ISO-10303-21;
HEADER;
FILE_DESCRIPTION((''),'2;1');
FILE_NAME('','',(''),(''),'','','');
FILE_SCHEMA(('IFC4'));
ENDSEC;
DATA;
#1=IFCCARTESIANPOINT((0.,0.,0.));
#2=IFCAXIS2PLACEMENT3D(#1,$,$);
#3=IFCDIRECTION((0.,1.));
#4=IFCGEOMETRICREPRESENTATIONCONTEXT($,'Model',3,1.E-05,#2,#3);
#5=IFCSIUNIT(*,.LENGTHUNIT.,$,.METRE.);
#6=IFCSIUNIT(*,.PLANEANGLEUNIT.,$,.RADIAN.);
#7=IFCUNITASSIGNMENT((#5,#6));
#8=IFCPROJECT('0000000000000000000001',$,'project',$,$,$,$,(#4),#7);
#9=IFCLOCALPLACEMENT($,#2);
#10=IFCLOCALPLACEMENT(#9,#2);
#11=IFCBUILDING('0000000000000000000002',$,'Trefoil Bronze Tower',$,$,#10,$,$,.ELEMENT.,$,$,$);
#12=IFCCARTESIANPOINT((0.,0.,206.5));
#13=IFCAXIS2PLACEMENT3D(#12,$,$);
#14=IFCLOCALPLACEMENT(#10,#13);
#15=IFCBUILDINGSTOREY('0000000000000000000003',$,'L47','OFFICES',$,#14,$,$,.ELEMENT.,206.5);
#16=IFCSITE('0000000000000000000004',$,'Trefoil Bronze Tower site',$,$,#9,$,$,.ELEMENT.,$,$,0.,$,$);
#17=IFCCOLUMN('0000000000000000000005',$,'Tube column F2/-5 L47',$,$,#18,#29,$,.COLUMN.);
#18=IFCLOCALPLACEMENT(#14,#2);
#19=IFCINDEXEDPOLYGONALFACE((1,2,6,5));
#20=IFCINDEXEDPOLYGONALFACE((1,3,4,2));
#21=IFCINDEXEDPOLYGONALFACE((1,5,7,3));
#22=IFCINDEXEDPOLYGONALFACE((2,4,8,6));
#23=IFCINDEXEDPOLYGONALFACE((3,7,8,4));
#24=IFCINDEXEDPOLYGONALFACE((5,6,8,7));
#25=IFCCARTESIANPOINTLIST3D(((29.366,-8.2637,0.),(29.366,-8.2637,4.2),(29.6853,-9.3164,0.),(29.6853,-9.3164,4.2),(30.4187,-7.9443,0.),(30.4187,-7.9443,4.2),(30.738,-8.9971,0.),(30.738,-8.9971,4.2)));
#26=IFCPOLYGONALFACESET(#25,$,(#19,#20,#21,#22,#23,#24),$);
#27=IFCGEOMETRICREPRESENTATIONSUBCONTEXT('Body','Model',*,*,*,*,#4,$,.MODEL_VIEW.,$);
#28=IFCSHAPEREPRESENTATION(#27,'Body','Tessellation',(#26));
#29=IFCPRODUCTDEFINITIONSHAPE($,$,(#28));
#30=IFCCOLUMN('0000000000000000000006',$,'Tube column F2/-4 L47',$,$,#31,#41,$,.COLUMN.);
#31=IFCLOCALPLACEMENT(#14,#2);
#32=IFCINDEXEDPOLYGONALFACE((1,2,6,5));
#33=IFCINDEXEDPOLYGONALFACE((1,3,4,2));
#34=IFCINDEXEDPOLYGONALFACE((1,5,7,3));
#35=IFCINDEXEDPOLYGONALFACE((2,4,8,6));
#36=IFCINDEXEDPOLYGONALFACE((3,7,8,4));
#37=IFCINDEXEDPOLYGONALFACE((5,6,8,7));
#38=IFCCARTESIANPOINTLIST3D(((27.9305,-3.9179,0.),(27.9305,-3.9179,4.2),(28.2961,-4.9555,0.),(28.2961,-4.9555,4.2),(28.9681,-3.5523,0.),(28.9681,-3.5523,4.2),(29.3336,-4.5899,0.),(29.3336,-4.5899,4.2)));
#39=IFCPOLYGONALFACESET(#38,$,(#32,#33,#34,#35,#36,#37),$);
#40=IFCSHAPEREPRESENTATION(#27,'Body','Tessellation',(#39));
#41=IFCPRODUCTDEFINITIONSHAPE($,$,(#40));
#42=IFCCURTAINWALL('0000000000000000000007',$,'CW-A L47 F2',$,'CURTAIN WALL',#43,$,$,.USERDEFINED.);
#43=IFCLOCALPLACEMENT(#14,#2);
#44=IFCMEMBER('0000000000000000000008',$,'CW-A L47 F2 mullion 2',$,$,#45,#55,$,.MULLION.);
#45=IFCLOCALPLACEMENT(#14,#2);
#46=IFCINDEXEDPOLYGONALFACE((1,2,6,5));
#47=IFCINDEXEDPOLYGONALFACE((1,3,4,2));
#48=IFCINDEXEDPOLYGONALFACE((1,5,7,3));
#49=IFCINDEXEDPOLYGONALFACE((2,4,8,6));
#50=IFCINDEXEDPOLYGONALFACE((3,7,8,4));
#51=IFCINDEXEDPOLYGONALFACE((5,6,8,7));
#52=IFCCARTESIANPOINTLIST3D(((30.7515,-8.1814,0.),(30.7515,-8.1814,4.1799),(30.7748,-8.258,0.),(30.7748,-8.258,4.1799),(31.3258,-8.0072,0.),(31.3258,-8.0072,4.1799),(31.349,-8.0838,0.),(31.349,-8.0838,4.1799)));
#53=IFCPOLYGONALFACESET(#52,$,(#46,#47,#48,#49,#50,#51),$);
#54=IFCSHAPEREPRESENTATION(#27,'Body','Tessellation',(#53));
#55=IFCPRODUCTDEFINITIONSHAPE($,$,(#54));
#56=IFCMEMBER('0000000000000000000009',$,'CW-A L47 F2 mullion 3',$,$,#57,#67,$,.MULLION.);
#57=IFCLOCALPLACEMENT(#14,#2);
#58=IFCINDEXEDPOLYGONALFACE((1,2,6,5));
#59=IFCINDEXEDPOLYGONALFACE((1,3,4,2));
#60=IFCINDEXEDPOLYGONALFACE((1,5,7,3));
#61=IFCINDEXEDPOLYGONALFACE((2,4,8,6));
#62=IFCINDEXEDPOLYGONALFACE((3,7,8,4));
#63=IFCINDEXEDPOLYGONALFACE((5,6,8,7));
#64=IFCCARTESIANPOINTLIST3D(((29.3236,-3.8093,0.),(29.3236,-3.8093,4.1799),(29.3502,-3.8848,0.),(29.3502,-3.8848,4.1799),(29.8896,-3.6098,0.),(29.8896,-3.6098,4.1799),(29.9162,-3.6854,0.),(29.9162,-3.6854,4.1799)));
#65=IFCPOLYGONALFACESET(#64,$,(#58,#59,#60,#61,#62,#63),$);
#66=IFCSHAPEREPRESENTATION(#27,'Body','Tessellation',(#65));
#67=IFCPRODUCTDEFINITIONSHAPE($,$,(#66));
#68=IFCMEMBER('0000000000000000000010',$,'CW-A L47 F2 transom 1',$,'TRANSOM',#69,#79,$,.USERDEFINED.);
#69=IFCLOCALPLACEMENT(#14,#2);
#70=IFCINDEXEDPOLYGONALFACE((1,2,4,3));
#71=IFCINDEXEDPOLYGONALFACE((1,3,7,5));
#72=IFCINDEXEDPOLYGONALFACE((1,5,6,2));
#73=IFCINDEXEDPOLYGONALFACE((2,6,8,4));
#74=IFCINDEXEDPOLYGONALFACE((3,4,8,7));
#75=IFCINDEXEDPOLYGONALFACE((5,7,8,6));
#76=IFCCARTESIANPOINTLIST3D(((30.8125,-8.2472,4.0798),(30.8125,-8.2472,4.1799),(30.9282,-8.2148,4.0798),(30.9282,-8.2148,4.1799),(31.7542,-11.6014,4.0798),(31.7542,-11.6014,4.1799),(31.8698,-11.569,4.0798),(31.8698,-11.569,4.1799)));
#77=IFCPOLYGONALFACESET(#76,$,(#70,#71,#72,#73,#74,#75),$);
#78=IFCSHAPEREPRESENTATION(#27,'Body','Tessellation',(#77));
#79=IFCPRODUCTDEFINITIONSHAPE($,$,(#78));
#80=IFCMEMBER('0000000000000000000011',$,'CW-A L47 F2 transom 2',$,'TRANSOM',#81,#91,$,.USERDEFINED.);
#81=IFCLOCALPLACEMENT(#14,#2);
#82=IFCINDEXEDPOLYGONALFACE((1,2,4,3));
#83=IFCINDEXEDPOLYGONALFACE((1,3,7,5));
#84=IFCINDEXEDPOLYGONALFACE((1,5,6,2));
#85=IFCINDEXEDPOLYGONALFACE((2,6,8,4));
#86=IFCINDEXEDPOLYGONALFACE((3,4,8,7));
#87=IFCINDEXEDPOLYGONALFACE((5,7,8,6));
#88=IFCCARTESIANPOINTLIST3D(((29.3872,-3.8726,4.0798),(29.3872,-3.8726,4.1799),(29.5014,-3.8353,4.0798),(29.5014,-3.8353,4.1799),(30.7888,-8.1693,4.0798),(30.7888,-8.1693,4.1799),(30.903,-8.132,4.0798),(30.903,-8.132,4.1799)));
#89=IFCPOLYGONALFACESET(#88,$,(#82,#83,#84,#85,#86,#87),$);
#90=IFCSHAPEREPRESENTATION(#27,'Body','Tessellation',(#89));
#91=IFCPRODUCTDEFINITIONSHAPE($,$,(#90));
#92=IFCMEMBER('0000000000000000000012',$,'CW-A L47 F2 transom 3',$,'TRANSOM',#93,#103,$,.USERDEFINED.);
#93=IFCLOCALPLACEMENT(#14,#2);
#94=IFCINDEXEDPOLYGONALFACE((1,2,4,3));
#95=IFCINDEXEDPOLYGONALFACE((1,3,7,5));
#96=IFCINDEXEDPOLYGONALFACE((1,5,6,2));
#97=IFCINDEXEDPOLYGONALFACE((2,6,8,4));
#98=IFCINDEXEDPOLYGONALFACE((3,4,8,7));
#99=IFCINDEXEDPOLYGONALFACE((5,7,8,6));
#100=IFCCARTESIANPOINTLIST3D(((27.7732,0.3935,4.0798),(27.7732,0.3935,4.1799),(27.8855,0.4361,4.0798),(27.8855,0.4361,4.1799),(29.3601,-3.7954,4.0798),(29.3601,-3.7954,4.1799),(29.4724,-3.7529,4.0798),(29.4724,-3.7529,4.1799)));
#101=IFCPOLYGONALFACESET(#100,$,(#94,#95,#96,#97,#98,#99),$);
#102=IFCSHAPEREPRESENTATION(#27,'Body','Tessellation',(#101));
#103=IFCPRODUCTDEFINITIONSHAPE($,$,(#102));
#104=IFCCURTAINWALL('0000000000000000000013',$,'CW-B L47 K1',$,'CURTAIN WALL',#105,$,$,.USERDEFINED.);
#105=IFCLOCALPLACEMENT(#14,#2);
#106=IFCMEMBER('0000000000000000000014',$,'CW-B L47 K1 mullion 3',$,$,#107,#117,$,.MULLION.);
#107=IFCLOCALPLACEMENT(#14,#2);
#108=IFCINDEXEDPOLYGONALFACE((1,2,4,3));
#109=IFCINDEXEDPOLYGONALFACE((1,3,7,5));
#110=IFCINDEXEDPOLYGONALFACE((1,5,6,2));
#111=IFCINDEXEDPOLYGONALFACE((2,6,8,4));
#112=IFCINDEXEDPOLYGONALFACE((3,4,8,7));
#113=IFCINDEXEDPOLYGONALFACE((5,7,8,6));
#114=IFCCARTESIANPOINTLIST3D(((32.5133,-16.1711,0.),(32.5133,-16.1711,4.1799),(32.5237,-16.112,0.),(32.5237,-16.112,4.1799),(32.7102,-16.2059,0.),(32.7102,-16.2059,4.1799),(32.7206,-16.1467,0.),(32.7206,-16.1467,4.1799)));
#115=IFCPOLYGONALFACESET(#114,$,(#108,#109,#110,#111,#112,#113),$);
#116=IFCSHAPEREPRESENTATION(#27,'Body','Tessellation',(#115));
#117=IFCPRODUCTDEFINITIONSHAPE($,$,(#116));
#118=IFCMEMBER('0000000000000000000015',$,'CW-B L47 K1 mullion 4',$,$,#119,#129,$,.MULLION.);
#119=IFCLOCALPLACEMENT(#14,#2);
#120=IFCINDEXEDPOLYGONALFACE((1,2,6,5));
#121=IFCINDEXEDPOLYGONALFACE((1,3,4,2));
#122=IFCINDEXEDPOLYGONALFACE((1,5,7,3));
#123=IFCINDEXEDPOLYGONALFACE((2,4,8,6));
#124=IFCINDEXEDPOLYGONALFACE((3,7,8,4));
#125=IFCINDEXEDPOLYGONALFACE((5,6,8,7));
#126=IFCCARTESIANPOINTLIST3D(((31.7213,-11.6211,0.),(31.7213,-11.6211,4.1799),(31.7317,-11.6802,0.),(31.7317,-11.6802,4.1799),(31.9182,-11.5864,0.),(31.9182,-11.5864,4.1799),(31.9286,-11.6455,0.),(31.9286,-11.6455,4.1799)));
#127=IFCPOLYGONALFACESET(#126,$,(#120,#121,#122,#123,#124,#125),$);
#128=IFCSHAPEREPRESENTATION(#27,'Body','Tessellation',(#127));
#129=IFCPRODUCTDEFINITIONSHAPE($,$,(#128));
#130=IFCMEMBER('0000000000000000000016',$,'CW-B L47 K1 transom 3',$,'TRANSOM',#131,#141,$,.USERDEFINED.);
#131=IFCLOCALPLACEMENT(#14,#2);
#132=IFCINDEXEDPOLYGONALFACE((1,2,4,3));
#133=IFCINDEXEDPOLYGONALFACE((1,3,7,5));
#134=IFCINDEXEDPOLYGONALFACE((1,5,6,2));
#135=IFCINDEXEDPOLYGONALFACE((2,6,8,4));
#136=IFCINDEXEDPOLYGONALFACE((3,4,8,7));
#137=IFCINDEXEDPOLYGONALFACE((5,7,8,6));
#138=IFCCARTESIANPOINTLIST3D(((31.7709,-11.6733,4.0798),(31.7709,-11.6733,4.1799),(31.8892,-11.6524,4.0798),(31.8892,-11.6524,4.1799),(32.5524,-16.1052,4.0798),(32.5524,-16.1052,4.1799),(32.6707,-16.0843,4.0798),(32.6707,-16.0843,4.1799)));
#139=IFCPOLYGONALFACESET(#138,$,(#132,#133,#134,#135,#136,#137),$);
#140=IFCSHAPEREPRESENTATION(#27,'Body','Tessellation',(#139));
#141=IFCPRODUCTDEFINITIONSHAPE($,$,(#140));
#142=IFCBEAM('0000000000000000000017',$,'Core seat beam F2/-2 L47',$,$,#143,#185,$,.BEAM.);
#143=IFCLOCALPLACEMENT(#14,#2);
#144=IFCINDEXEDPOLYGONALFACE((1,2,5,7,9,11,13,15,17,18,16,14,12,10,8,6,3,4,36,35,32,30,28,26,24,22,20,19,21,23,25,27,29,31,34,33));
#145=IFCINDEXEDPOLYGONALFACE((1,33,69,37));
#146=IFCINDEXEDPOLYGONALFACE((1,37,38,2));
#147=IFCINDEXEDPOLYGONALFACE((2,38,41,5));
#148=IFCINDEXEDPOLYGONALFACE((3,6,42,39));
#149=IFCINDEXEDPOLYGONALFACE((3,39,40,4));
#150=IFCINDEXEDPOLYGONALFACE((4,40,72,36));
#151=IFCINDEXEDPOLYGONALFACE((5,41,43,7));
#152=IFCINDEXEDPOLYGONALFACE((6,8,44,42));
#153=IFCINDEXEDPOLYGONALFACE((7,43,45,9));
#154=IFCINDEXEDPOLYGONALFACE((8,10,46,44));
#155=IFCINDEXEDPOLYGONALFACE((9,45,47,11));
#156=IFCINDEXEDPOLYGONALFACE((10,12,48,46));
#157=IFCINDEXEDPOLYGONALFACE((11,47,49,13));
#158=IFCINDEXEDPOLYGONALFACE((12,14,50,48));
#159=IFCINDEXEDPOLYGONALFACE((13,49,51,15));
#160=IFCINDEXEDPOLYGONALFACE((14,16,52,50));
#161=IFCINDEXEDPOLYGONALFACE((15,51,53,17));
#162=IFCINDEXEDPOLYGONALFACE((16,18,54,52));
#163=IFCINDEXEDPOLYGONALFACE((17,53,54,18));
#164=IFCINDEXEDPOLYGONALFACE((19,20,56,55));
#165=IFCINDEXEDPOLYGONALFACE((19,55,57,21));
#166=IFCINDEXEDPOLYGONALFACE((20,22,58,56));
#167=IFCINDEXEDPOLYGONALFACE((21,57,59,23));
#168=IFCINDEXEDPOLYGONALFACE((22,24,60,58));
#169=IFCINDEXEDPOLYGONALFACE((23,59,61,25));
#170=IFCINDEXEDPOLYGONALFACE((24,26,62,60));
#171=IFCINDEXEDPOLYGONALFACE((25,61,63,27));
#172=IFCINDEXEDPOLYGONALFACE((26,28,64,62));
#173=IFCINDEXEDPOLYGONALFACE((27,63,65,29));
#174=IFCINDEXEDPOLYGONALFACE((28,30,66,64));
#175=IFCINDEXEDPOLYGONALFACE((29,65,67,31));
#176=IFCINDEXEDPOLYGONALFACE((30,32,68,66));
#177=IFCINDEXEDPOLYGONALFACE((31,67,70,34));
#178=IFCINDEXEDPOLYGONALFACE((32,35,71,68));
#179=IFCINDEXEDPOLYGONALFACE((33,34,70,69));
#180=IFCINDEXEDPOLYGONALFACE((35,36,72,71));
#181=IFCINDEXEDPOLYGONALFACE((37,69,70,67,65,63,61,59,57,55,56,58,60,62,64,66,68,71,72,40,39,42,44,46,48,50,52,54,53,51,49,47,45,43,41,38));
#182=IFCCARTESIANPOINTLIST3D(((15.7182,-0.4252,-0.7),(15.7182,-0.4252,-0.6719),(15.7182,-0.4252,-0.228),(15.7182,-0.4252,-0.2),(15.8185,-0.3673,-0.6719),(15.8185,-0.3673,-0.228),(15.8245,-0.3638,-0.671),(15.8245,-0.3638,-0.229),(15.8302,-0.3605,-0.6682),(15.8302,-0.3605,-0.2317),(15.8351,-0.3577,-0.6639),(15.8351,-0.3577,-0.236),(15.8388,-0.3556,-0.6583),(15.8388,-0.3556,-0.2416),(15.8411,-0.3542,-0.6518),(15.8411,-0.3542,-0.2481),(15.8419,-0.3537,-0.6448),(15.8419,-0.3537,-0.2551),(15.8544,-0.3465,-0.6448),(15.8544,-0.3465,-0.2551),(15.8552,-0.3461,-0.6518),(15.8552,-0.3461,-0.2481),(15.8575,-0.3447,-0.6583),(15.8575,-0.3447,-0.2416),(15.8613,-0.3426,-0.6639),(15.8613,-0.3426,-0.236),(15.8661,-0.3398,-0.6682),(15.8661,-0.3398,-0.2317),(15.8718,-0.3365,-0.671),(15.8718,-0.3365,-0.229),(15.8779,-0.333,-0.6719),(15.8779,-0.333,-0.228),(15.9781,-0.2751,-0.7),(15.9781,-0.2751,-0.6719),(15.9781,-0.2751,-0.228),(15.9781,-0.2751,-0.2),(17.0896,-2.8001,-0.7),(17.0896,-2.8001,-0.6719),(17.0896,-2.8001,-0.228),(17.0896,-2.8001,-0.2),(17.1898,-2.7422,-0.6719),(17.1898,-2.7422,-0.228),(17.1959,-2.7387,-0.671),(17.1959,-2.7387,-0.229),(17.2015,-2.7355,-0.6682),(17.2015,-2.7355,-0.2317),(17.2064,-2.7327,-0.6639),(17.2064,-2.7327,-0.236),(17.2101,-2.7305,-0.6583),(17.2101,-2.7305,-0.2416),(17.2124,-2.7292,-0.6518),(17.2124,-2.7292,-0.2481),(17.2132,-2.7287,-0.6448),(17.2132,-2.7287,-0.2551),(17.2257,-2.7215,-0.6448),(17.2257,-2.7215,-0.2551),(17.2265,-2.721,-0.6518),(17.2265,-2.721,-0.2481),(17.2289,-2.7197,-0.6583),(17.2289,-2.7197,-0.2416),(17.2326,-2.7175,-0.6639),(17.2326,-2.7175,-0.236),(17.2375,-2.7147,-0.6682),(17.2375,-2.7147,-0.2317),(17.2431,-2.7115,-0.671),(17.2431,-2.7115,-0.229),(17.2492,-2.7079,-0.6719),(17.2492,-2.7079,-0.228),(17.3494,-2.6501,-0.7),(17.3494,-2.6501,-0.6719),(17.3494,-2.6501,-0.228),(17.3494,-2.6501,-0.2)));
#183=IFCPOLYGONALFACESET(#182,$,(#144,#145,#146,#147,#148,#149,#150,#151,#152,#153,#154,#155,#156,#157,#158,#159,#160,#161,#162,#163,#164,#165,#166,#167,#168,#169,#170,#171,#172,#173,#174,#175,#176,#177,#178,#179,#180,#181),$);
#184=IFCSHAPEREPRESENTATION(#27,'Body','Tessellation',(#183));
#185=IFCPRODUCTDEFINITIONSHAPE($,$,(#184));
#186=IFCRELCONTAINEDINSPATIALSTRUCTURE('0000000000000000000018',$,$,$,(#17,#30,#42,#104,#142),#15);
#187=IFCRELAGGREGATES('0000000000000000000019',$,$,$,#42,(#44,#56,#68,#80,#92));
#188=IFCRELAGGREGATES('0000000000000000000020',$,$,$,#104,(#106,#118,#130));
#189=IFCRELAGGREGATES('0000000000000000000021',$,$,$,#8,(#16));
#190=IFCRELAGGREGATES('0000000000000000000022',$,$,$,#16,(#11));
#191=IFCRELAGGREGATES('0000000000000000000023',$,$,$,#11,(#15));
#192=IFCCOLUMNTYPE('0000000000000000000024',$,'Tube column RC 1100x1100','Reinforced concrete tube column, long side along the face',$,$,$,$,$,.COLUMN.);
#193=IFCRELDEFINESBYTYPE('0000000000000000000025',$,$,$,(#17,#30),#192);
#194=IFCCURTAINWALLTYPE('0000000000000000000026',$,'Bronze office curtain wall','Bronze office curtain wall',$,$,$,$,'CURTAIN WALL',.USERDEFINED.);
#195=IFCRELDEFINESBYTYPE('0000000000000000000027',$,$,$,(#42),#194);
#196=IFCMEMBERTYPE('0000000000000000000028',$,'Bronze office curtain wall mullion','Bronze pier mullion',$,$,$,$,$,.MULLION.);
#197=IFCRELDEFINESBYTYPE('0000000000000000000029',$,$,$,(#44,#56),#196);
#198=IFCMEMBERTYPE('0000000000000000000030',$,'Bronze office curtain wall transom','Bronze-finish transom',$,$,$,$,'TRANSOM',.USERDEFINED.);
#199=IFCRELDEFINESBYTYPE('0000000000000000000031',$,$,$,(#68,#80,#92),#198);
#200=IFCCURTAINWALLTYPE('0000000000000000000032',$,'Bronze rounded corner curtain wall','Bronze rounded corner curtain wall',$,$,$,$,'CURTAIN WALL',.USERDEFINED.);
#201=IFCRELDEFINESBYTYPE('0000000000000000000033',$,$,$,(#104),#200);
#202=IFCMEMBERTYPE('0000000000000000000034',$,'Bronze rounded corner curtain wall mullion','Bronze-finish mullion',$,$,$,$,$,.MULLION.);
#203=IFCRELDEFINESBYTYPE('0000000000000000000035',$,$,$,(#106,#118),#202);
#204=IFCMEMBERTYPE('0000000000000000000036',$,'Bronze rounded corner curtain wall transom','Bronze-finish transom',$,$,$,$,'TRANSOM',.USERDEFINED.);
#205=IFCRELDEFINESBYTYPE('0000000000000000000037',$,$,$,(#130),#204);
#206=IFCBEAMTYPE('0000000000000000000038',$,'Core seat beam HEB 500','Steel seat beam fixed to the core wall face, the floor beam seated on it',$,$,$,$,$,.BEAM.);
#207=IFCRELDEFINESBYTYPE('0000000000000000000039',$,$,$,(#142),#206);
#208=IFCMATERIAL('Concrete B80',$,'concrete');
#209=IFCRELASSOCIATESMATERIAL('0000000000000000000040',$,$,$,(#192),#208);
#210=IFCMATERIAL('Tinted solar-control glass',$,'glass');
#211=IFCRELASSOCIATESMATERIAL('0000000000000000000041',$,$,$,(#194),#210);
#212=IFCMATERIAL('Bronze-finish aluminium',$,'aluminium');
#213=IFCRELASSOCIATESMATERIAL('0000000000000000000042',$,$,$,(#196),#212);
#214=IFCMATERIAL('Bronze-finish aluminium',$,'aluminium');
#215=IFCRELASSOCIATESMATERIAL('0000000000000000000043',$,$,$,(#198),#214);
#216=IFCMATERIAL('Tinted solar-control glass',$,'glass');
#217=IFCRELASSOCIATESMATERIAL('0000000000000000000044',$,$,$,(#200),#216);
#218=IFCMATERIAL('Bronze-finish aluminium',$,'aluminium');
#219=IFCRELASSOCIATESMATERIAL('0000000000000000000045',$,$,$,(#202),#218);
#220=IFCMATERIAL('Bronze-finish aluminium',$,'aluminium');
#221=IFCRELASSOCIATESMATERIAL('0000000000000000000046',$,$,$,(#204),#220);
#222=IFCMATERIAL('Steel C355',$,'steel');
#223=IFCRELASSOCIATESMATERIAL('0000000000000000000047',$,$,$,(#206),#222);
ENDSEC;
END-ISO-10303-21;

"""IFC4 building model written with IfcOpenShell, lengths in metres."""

from ifc_helpers import new_model, si_unit, direction, frame, origin, origin_2d, place, context, subcontext, project, spatial, rectangle, i_section, extrude, material, material_profile, profile_set, type_object, element, aggregate, save


model = new_model("IFC4")

# Units and contexts
model_context = context("Model", 3, precision=1e-05, world=origin(), true_north=direction((0.0, 1.0)))
body_context = subcontext(model_context, "Body", "Model", "MODEL_VIEW")
ifc_project = project(units=[si_unit("LENGTHUNIT", "METRE"), si_unit("PLANEANGLEUNIT", "RADIAN")], contexts=[model_context])

# Site, building, storey
site_placement = place(None, origin())
site = spatial("IfcSite", under=ifc_project, at=site_placement, Name="Trefoil Bronze Tower site", CompositionType="ELEMENT", RefElevation=0.0)
building_placement = place(site_placement, origin())
building = spatial("IfcBuilding", under=site, at=building_placement, Name="Trefoil Bronze Tower", CompositionType="ELEMENT")
storey_placement = place(building_placement, frame((0.0, 0.0, 206.5)))
storey = spatial("IfcBuildingStorey", under=building, at=storey_placement, Name="L47", Description="OFFICES", CompositionType="ELEMENT", Elevation=206.5)

# Columns
ifc_material_1 = material(Name="Concrete B80", Category="concrete")
ifc_material_profile_1 = material_profile(ifc_material_1, rectangle(XDim=1.1001, YDim=1.1001, at=origin_2d()), Name="RC 1100x1100")
ifc_profile_set_1 = profile_set([ifc_material_profile_1], Name="Concrete B80")
column_type = type_object("IfcColumnType", Name="Tube column RC 1100x1100", Description="Reinforced concrete tube column, long side along the face", PredefinedType="COLUMN", material=ifc_profile_set_1)
for number, where, z_axis, x_axis, name in (
    (1, (30.052, -8.6304, 0.0), (0.0, 0.0, 1.0), (-0.290278, 0.956942, 0.0), "Tube column F2/-5 L47"),
    (2, (28.6321, -4.2539, 0.0), (0.0, 0.0, 1.0), (-0.332282, 0.94318, 0.0), "Tube column F2/-4 L47"),
):
    element("IfcColumn", number, at=place(storey_placement, frame(where, z_axis=z_axis, x_axis=x_axis)), inside=storey, type_object=column_type, Name=name, PredefinedType="COLUMN", context=body_context, shape_type="SweptSolid", body=[
        extrude(rectangle(XDim=1.1001, YDim=1.1001, at=origin_2d()), origin(), (0.0, 0.0, 1.0), 4.2),
    ])

# Curtain walls, members
ifc_material_2 = material(Name="Tinted solar-control glass", Category="glass")
curtain_wall_type_1 = type_object("IfcCurtainWallType", Name="Bronze office curtain wall", Description="Bronze office curtain wall", ElementType="CURTAIN WALL", PredefinedType="USERDEFINED", material=ifc_material_2)
curtain_wall_1_placement = place(storey_placement, origin())
curtain_wall_1 = element("IfcCurtainWall", 3, at=curtain_wall_1_placement, inside=storey, type_object=curtain_wall_type_1, Name="CW-A L47 F2", ObjectType="CURTAIN WALL", PredefinedType="USERDEFINED")
ifc_material_3 = material(Name="Bronze-finish aluminium", Category="aluminium")
ifc_material_profile_2 = material_profile(ifc_material_3, rectangle(XDim=0.6001, YDim=0.0801, at=origin_2d()), Name="CW-A mullion")
ifc_profile_set_2 = profile_set([ifc_material_profile_2], Name="Bronze-finish aluminium")
member_type_1 = type_object("IfcMemberType", Name="Bronze office curtain wall mullion", Description="Bronze pier mullion", PredefinedType="MULLION", material=ifc_profile_set_2)
member_1_placement = place(storey_placement, frame((31.0503, -8.1326, 0.0), z_axis=(0.0, 0.0, 1.0), x_axis=(-0.956942, -0.290278, 0.0)))
member_1 = element("IfcMember", 4, at=member_1_placement, type_object=member_type_1, Name="CW-A L47 F2 mullion 2", PredefinedType="MULLION", context=body_context, shape_type="SweptSolid", body=[
    extrude(rectangle(XDim=0.6001, YDim=0.0801, at=origin_2d()), origin(), (0.0, 0.0, 1.0), 4.1799),
])
member_2_placement = place(storey_placement, frame((29.6199, -3.7473, 0.0), z_axis=(0.0, 0.0, 1.0), x_axis=(-0.94318, -0.332282, 0.0)))
member_2 = element("IfcMember", 5, at=member_2_placement, type_object=member_type_1, Name="CW-A L47 F2 mullion 3", PredefinedType="MULLION", context=body_context, shape_type="SweptSolid", body=[
    extrude(rectangle(XDim=0.6001, YDim=0.0801, at=origin_2d()), origin(), (0.0, 0.0, 1.0), 4.1799),
])
ifc_material_4 = material(Name="Bronze-finish aluminium", Category="aluminium")
ifc_material_profile_3 = material_profile(ifc_material_4, rectangle(XDim=0.1201, YDim=0.1001, at=origin_2d()), Name="CW-A transom")
ifc_profile_set_3 = profile_set([ifc_material_profile_3], Name="Bronze-finish aluminium")
member_type_2 = type_object("IfcMemberType", Name="Bronze office curtain wall transom", Description="Bronze-finish transom", ElementType="TRANSOM", PredefinedType="USERDEFINED", material=ifc_profile_set_3)
member_3_placement = place(storey_placement, frame((31.812, -11.5852, 4.1299), z_axis=(-0.270285, 0.96278, 0.0), x_axis=(-0.96278, -0.270285, 0.0)))
member_3 = element("IfcMember", 6, at=member_3_placement, type_object=member_type_2, Name="CW-A L47 F2 transom 1", ObjectType="TRANSOM", PredefinedType="USERDEFINED", context=body_context, shape_type="SweptSolid", body=[
    extrude(rectangle(XDim=0.1201, YDim=0.1001, at=origin_2d()), origin(), (0.0, 0.0, 1.0), 3.4839),
])
member_4_placement = place(storey_placement, frame((30.8459, -8.1506, 4.1299), z_axis=(-0.310128, 0.950695, 0.0), x_axis=(-0.950695, -0.310128, 0.0)))
member_4 = element("IfcMember", 7, at=member_4_placement, type_object=member_type_2, Name="CW-A L47 F2 transom 2", ObjectType="TRANSOM", PredefinedType="USERDEFINED", context=body_context, shape_type="SweptSolid", body=[
    extrude(rectangle(XDim=0.1201, YDim=0.1001, at=origin_2d()), origin(), (0.0, 0.0, 1.0), 4.5195),
])
member_5_placement = place(storey_placement, frame((29.4163, -3.7742, 4.1299), z_axis=(-0.354263, 0.935146, 0.0), x_axis=(-0.935146, -0.354263, 0.0)))
member_5 = element("IfcMember", 8, at=member_5_placement, type_object=member_type_2, Name="CW-A L47 F2 transom 3", ObjectType="TRANSOM", PredefinedType="USERDEFINED", context=body_context, shape_type="SweptSolid", body=[
    extrude(rectangle(XDim=0.1201, YDim=0.1001, at=origin_2d()), origin(), (0.0, 0.0, 1.0), 4.4795),
])
ifc_material_5 = material(Name="Tinted solar-control glass", Category="glass")
curtain_wall_type_2 = type_object("IfcCurtainWallType", Name="Bronze rounded corner curtain wall", Description="Bronze rounded corner curtain wall", ElementType="CURTAIN WALL", PredefinedType="USERDEFINED", material=ifc_material_5)
curtain_wall_2_placement = place(storey_placement, origin())
curtain_wall_2 = element("IfcCurtainWall", 9, at=curtain_wall_2_placement, inside=storey, type_object=curtain_wall_type_2, Name="CW-B L47 K1", ObjectType="CURTAIN WALL", PredefinedType="USERDEFINED")
ifc_material_6 = material(Name="Bronze-finish aluminium", Category="aluminium")
ifc_material_profile_4 = material_profile(ifc_material_6, rectangle(XDim=0.2, YDim=0.0601, at=origin_2d()), Name="CW-B mullion")
ifc_profile_set_4 = profile_set([ifc_material_profile_4], Name="Bronze-finish aluminium")
member_type_3 = type_object("IfcMemberType", Name="Bronze rounded corner curtain wall mullion", Description="Bronze-finish mullion", PredefinedType="MULLION", material=ifc_profile_set_4)
member_6_placement = place(storey_placement, frame((32.6169, -16.1589, 0.0), z_axis=(0.0, 0.0, 1.0), x_axis=(-0.984808, 0.173648, 0.0)))
member_6 = element("IfcMember", 10, at=member_6_placement, type_object=member_type_3, Name="CW-B L47 K1 mullion 3", PredefinedType="MULLION", context=body_context, shape_type="SweptSolid", body=[
    extrude(rectangle(XDim=0.2, YDim=0.0601, at=origin_2d()), origin(), (0.0, 0.0, 1.0), 4.1799),
])
member_7_placement = place(storey_placement, frame((31.825, -11.6333, 0.0), z_axis=(0.0, 0.0, 1.0), x_axis=(-0.984808, -0.173648, 0.0)))
member_7 = element("IfcMember", 11, at=member_7_placement, type_object=member_type_3, Name="CW-B L47 K1 mullion 4", PredefinedType="MULLION", context=body_context, shape_type="SweptSolid", body=[
    extrude(rectangle(XDim=0.2, YDim=0.0601, at=origin_2d()), origin(), (0.0, 0.0, 1.0), 4.1799),
])
ifc_material_7 = material(Name="Bronze-finish aluminium", Category="aluminium")
ifc_material_profile_5 = material_profile(ifc_material_7, rectangle(XDim=0.1201, YDim=0.1001, at=origin_2d()), Name="CW-B transom")
ifc_profile_set_5 = profile_set([ifc_material_profile_5], Name="Bronze-finish aluminium")
member_type_4 = type_object("IfcMemberType", Name="Bronze rounded corner curtain wall transom", Description="Bronze-finish transom", ElementType="TRANSOM", PredefinedType="USERDEFINED", material=ifc_profile_set_5)
member_8_placement = place(storey_placement, frame((32.6116, -16.0947, 4.1299), z_axis=(-0.173655, 0.984806, 0.0), x_axis=(-0.984806, -0.173655, 0.0)))
member_8 = element("IfcMember", 12, at=member_8_placement, type_object=member_type_4, Name="CW-B L47 K1 transom 3", ObjectType="TRANSOM", PredefinedType="USERDEFINED", context=body_context, shape_type="SweptSolid", body=[
    extrude(rectangle(XDim=0.1201, YDim=0.1001, at=origin_2d()), origin(), (0.0, 0.0, 1.0), 4.5002),
])

# Beam
ifc_material_8 = material(Name="Steel C355", Category="steel")
ifc_material_profile_6 = material_profile(ifc_material_8, i_section(OverallWidth=0.3, OverallDepth=0.5, WebThickness=0.0144, FlangeThickness=0.0281, FilletRadius=0.0271, at=origin_2d()), Name="HEB 500")
ifc_profile_set_6 = profile_set([ifc_material_profile_6], Name="Steel C355")
beam_type_1 = type_object("IfcBeamType", Name="Core seat beam HEB 500", Description="Steel seat beam fixed to the core wall face, the floor beam seated on it", PredefinedType="BEAM", material=ifc_profile_set_6)
beam_1_placement = place(storey_placement, frame((17.2195, -2.7251, -0.45), z_axis=(-0.500036, 0.866005, 0.0), x_axis=(-0.866005, -0.500036, 0.0)))
element("IfcBeam", 13, at=beam_1_placement, inside=storey, type_object=beam_type_1, Name="Core seat beam F2/-2 L47", PredefinedType="BEAM", context=body_context, shape_type="SweptSolid", body=[
    extrude(i_section(OverallWidth=0.3, OverallDepth=0.5, WebThickness=0.0144, FlangeThickness=0.0281, FilletRadius=0.0271, at=origin_2d()), origin(), (0.0, 0.0, 1.0), 2.7424),
])

aggregate(curtain_wall_1, [member_1, member_2, member_3, member_4, member_5])
aggregate(curtain_wall_2, [member_6, member_7, member_8])

save(model, "model.ifc")
